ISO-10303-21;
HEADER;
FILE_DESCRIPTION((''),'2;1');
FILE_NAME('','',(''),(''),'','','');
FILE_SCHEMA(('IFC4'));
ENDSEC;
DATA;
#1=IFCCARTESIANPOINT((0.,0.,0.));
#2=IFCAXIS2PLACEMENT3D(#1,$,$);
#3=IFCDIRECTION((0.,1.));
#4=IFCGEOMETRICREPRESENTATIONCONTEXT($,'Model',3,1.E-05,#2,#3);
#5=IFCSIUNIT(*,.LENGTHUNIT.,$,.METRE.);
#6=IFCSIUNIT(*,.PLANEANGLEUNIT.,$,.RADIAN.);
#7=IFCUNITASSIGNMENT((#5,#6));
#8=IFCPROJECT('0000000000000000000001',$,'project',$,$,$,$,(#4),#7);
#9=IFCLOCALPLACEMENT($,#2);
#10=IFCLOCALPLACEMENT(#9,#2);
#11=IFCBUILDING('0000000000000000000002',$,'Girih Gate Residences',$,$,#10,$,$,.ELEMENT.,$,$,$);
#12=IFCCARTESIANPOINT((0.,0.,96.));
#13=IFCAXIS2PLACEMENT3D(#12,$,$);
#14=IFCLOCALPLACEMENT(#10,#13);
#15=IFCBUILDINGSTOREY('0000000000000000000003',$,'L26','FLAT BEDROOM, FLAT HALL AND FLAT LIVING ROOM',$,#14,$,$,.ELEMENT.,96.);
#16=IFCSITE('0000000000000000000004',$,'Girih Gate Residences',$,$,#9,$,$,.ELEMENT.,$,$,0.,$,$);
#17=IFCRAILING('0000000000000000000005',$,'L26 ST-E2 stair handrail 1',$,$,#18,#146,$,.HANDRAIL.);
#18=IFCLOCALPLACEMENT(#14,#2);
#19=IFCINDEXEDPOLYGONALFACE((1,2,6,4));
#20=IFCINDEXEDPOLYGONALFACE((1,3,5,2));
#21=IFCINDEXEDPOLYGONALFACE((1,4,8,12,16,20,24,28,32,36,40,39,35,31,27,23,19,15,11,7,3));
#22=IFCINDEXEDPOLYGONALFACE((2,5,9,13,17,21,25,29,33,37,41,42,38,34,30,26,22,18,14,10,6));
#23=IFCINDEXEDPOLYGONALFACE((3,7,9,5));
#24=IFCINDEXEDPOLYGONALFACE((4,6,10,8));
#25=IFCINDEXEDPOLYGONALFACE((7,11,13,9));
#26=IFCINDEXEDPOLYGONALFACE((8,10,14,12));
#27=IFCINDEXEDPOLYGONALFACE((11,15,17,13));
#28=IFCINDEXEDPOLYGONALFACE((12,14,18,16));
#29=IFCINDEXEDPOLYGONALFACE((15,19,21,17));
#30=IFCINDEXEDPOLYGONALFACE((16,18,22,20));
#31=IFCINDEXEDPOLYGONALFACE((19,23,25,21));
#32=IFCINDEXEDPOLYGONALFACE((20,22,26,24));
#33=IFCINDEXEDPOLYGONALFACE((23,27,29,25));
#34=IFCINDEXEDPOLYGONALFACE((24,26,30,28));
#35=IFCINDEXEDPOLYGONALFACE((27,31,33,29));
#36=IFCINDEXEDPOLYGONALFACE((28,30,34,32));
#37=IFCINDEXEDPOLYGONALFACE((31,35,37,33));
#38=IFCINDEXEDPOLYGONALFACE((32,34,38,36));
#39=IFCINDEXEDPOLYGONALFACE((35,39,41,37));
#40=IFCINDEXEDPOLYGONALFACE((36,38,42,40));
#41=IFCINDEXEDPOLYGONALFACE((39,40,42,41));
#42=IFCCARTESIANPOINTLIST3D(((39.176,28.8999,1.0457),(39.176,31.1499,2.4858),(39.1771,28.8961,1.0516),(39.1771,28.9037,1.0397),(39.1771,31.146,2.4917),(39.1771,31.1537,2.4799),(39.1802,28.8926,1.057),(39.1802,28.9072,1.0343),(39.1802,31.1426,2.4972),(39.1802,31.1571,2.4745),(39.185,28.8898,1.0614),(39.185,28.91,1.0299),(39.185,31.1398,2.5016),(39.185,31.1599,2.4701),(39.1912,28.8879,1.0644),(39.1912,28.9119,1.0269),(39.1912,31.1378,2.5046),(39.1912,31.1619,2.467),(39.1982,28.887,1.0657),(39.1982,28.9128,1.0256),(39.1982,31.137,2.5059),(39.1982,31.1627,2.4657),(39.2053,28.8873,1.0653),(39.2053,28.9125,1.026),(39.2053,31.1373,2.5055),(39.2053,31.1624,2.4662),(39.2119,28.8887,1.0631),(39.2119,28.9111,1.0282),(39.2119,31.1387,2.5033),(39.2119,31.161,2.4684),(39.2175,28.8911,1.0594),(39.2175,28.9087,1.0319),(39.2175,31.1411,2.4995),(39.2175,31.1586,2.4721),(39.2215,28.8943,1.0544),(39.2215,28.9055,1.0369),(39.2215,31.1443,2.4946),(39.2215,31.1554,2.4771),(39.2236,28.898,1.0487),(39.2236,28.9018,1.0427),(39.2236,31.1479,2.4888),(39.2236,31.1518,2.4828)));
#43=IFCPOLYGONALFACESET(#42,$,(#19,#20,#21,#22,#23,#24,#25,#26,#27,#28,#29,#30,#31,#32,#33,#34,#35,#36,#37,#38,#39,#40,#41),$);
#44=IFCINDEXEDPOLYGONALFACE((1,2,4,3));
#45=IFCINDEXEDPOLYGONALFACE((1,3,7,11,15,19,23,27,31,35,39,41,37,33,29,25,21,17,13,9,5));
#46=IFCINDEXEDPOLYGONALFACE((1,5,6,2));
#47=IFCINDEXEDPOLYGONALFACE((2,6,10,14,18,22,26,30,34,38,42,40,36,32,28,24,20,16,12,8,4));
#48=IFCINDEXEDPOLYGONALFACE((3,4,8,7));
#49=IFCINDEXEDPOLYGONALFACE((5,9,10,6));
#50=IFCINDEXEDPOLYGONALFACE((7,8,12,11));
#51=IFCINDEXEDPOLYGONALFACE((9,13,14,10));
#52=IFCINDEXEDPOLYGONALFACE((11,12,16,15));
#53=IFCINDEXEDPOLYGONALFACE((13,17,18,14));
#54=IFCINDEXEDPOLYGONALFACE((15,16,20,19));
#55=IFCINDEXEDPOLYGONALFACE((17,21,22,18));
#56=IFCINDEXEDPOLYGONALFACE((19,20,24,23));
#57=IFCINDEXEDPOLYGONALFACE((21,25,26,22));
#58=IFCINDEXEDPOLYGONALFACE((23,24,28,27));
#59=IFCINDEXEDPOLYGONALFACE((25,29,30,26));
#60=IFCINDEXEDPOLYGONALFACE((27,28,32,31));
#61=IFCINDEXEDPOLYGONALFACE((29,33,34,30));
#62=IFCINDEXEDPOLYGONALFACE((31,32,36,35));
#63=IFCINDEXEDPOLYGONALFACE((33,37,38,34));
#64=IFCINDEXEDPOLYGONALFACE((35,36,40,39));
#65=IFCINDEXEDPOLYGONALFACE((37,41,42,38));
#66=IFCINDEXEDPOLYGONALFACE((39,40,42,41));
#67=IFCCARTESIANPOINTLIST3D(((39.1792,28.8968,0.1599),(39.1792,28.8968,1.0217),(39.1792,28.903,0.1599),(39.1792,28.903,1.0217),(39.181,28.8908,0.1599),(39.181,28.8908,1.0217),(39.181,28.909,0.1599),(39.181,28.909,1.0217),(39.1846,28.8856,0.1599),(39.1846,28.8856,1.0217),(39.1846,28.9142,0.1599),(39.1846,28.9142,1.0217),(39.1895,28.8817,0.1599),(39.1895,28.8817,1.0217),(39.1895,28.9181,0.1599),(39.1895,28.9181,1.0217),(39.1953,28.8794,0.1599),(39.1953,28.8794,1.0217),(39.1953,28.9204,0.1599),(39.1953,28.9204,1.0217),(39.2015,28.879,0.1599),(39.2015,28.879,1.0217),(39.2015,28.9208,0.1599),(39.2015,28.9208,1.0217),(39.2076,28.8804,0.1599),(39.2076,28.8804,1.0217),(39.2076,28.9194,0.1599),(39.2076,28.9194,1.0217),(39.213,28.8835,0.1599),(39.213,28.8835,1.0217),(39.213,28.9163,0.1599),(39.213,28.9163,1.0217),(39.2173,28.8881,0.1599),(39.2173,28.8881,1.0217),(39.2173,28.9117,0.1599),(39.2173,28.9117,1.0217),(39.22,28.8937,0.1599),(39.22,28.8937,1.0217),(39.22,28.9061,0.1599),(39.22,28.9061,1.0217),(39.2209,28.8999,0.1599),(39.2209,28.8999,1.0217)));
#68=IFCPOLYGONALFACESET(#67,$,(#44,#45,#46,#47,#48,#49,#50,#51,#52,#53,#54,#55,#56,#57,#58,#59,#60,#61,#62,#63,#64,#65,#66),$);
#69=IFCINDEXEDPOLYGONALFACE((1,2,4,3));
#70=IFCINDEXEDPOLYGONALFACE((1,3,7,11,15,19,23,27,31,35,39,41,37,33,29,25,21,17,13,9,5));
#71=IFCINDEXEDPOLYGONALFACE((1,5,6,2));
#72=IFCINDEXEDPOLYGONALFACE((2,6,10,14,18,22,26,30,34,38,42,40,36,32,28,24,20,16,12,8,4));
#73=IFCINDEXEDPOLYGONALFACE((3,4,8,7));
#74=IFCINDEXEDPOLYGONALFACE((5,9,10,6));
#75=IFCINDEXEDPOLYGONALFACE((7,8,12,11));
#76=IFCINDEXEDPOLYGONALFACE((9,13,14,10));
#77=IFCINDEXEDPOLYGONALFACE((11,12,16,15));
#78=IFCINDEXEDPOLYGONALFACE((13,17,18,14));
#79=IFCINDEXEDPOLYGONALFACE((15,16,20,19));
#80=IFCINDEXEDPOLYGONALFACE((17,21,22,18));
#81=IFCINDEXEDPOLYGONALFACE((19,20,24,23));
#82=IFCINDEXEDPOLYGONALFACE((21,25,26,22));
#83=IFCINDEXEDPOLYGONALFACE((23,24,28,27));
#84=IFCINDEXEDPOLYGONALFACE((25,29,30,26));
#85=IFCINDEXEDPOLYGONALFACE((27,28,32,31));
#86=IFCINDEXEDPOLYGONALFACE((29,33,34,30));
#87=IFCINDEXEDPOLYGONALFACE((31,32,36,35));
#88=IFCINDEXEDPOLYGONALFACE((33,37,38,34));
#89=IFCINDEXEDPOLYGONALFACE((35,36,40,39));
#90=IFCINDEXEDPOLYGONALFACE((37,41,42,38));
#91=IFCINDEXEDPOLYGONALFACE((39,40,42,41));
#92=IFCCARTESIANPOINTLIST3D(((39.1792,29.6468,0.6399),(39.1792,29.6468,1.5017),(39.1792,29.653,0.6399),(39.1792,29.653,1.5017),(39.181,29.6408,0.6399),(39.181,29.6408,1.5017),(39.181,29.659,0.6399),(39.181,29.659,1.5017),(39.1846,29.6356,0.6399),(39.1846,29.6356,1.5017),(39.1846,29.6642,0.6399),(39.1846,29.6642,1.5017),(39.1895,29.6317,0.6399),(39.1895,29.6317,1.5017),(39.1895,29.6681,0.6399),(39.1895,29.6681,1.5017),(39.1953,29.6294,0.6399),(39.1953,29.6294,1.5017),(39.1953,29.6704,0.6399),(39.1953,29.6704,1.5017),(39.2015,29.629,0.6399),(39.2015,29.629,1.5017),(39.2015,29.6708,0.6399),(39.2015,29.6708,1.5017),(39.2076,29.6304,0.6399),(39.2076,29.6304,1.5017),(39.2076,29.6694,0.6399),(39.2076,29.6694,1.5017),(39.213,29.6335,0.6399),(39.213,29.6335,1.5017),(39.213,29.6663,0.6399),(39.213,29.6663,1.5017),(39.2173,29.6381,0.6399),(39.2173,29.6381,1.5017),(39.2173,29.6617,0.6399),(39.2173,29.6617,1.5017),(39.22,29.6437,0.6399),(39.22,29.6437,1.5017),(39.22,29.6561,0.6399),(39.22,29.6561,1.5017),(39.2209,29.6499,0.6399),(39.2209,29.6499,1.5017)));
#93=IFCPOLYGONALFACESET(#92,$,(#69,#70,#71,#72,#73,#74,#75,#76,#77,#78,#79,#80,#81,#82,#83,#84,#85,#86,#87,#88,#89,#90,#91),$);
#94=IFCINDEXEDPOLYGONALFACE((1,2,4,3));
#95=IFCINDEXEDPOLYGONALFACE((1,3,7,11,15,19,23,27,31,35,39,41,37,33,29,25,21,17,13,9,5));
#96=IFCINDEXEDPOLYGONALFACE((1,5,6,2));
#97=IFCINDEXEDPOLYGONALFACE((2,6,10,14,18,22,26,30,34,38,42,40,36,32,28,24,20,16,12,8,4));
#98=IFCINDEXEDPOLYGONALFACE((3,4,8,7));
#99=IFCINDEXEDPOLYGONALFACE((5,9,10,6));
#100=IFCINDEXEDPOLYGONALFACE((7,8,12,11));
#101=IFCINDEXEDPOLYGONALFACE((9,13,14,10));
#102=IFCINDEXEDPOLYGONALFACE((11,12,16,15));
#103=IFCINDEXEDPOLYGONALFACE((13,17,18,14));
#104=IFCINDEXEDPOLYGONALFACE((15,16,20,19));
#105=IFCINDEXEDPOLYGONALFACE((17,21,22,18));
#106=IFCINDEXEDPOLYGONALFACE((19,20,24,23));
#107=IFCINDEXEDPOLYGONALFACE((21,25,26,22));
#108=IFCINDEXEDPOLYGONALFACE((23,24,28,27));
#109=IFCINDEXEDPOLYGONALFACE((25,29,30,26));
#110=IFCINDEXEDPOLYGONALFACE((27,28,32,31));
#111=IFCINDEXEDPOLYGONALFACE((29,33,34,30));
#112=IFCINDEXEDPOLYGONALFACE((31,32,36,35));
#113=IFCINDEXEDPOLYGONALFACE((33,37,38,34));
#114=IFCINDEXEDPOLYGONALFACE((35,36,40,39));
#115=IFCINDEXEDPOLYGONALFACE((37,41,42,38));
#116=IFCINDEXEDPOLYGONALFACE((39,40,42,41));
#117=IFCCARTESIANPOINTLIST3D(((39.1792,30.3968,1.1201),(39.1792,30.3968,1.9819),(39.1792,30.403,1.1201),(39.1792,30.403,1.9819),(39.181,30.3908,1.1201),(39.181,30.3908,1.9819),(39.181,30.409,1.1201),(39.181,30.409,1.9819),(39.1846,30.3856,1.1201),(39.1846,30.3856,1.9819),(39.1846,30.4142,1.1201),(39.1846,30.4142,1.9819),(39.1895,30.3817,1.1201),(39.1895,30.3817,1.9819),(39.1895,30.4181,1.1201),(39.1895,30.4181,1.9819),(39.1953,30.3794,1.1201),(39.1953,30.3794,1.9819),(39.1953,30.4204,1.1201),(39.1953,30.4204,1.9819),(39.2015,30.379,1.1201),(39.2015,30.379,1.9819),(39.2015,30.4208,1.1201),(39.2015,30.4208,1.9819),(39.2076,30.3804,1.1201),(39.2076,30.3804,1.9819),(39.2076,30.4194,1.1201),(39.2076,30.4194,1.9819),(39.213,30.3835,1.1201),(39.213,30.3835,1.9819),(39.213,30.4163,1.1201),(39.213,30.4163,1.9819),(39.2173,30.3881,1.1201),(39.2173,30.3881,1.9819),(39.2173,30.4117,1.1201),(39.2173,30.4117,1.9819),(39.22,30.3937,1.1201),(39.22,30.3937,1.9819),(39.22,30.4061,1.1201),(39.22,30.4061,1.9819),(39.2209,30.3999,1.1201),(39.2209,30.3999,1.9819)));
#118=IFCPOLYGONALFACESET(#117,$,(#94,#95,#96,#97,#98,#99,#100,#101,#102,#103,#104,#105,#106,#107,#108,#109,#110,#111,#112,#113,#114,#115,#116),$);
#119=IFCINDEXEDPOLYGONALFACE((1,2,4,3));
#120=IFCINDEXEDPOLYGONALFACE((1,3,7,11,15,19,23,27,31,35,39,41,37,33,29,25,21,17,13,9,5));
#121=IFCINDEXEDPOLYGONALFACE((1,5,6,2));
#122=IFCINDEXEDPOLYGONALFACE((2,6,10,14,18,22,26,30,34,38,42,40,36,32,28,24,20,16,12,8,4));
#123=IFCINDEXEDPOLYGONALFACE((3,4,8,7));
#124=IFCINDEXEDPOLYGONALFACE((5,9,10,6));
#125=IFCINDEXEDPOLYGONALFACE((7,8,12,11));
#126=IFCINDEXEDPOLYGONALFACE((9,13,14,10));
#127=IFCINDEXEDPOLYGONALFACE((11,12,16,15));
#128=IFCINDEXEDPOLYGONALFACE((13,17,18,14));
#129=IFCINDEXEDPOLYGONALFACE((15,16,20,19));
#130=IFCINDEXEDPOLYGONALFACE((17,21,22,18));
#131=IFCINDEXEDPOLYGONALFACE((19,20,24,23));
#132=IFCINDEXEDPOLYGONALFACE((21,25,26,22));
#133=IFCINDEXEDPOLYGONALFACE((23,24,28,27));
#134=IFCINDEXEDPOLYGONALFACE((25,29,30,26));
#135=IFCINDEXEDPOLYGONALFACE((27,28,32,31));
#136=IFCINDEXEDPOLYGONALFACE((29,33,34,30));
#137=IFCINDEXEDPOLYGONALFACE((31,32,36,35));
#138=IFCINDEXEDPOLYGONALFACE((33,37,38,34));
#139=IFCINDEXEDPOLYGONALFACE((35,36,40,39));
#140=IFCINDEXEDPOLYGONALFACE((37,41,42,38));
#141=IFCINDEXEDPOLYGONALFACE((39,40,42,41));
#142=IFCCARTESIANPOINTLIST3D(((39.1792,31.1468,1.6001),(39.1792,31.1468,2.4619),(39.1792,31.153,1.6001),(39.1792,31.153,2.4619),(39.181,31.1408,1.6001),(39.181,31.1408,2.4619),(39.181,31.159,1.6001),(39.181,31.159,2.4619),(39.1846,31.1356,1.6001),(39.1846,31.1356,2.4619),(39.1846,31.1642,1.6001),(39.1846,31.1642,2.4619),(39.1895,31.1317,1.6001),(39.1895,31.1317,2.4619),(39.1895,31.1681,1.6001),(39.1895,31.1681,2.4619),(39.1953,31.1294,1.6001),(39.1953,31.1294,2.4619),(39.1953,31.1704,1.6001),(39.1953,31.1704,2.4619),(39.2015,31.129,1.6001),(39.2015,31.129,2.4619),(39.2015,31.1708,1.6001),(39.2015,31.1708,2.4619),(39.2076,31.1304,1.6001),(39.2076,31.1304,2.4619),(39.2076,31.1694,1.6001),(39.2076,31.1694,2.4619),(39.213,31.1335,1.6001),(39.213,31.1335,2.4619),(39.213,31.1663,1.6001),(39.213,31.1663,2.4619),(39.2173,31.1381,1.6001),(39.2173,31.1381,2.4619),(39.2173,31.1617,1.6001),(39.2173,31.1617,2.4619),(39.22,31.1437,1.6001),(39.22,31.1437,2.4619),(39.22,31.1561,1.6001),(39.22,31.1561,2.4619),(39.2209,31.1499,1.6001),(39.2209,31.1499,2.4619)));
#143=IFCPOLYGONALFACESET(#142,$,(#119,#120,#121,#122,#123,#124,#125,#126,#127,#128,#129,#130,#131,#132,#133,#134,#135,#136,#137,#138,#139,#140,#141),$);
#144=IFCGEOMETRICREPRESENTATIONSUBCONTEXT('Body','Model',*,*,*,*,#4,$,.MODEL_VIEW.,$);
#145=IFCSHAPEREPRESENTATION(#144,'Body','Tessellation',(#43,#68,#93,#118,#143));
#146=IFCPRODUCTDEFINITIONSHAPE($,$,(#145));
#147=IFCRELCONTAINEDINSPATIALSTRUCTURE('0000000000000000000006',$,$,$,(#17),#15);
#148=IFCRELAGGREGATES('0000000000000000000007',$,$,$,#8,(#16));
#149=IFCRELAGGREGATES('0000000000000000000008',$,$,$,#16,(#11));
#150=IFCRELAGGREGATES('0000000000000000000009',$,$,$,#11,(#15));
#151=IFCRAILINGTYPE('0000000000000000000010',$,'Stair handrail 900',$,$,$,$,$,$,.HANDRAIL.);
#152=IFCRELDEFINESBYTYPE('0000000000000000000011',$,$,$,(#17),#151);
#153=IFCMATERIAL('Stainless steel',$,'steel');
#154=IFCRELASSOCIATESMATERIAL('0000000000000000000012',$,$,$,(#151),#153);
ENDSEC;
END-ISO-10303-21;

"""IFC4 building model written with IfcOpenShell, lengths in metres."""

from ifc_helpers import new_model, si_unit, direction, frame, origin, origin_2d, place, context, subcontext, project, spatial, circle, extrude, material, type_object, element, save


model = new_model("IFC4")

# Units and contexts
model_context = context("Model", 3, precision=1e-05, world=origin(), true_north=direction((0.0, 1.0)))
body_context = subcontext(model_context, "Body", "Model", "MODEL_VIEW")
ifc_project = project(units=[si_unit("LENGTHUNIT", "METRE"), si_unit("PLANEANGLEUNIT", "RADIAN")], contexts=[model_context])

# Site, building, storey
site_placement = place(None, origin())
site = spatial("IfcSite", under=ifc_project, at=site_placement, Name="Girih Gate Residences", CompositionType="ELEMENT", RefElevation=0.0)
building_placement = place(site_placement, origin())
building = spatial("IfcBuilding", under=site, at=building_placement, Name="Girih Gate Residences", CompositionType="ELEMENT")
storey_placement = place(building_placement, frame((0.0, 0.0, 96.0)))
storey = spatial("IfcBuildingStorey", under=building, at=storey_placement, Name="L26", Description="FLAT BEDROOM, FLAT HALL AND FLAT LIVING ROOM", CompositionType="ELEMENT", Elevation=96.0)

# Railing
ifc_material_1 = material(Name="Stainless steel", Category="steel")
railing_type_1 = type_object("IfcRailingType", Name="Stair handrail 900", PredefinedType="HANDRAIL", material=ifc_material_1)
railing_1_placement = place(storey_placement, frame((39.2, 28.8999, 0.1599)))
element("IfcRailing", 1, at=railing_1_placement, inside=storey, type_object=railing_type_1, Name="L26 ST-E2 stair handrail 1", PredefinedType="HANDRAIL", context=body_context, shape_type="SweptSolid", body=[
    extrude(circle(Radius=0.0239, at=origin_2d()), frame((0.0, 0.0, 0.8857), z_axis=(0.0, 0.84224, 0.539103), x_axis=(-1.0, 0.0, 0.0)), (0.0, 0.0, 1.0), 2.6714),
    extrude(circle(Radius=0.021, at=origin_2d()), origin(), (0.0, 0.0, 1.0), 0.8618),
    extrude(circle(Radius=0.021, at=origin_2d()), frame((0.0, 0.75, 0.48)), (0.0, 0.0, 1.0), 0.8618),
    extrude(circle(Radius=0.021, at=origin_2d()), frame((0.0, 1.5, 0.9602)), (0.0, 0.0, 1.0), 0.8618),
    extrude(circle(Radius=0.021, at=origin_2d()), frame((0.0, 2.25, 1.4402)), (0.0, 0.0, 1.0), 0.8618),
])

save(model, "model.ifc")
